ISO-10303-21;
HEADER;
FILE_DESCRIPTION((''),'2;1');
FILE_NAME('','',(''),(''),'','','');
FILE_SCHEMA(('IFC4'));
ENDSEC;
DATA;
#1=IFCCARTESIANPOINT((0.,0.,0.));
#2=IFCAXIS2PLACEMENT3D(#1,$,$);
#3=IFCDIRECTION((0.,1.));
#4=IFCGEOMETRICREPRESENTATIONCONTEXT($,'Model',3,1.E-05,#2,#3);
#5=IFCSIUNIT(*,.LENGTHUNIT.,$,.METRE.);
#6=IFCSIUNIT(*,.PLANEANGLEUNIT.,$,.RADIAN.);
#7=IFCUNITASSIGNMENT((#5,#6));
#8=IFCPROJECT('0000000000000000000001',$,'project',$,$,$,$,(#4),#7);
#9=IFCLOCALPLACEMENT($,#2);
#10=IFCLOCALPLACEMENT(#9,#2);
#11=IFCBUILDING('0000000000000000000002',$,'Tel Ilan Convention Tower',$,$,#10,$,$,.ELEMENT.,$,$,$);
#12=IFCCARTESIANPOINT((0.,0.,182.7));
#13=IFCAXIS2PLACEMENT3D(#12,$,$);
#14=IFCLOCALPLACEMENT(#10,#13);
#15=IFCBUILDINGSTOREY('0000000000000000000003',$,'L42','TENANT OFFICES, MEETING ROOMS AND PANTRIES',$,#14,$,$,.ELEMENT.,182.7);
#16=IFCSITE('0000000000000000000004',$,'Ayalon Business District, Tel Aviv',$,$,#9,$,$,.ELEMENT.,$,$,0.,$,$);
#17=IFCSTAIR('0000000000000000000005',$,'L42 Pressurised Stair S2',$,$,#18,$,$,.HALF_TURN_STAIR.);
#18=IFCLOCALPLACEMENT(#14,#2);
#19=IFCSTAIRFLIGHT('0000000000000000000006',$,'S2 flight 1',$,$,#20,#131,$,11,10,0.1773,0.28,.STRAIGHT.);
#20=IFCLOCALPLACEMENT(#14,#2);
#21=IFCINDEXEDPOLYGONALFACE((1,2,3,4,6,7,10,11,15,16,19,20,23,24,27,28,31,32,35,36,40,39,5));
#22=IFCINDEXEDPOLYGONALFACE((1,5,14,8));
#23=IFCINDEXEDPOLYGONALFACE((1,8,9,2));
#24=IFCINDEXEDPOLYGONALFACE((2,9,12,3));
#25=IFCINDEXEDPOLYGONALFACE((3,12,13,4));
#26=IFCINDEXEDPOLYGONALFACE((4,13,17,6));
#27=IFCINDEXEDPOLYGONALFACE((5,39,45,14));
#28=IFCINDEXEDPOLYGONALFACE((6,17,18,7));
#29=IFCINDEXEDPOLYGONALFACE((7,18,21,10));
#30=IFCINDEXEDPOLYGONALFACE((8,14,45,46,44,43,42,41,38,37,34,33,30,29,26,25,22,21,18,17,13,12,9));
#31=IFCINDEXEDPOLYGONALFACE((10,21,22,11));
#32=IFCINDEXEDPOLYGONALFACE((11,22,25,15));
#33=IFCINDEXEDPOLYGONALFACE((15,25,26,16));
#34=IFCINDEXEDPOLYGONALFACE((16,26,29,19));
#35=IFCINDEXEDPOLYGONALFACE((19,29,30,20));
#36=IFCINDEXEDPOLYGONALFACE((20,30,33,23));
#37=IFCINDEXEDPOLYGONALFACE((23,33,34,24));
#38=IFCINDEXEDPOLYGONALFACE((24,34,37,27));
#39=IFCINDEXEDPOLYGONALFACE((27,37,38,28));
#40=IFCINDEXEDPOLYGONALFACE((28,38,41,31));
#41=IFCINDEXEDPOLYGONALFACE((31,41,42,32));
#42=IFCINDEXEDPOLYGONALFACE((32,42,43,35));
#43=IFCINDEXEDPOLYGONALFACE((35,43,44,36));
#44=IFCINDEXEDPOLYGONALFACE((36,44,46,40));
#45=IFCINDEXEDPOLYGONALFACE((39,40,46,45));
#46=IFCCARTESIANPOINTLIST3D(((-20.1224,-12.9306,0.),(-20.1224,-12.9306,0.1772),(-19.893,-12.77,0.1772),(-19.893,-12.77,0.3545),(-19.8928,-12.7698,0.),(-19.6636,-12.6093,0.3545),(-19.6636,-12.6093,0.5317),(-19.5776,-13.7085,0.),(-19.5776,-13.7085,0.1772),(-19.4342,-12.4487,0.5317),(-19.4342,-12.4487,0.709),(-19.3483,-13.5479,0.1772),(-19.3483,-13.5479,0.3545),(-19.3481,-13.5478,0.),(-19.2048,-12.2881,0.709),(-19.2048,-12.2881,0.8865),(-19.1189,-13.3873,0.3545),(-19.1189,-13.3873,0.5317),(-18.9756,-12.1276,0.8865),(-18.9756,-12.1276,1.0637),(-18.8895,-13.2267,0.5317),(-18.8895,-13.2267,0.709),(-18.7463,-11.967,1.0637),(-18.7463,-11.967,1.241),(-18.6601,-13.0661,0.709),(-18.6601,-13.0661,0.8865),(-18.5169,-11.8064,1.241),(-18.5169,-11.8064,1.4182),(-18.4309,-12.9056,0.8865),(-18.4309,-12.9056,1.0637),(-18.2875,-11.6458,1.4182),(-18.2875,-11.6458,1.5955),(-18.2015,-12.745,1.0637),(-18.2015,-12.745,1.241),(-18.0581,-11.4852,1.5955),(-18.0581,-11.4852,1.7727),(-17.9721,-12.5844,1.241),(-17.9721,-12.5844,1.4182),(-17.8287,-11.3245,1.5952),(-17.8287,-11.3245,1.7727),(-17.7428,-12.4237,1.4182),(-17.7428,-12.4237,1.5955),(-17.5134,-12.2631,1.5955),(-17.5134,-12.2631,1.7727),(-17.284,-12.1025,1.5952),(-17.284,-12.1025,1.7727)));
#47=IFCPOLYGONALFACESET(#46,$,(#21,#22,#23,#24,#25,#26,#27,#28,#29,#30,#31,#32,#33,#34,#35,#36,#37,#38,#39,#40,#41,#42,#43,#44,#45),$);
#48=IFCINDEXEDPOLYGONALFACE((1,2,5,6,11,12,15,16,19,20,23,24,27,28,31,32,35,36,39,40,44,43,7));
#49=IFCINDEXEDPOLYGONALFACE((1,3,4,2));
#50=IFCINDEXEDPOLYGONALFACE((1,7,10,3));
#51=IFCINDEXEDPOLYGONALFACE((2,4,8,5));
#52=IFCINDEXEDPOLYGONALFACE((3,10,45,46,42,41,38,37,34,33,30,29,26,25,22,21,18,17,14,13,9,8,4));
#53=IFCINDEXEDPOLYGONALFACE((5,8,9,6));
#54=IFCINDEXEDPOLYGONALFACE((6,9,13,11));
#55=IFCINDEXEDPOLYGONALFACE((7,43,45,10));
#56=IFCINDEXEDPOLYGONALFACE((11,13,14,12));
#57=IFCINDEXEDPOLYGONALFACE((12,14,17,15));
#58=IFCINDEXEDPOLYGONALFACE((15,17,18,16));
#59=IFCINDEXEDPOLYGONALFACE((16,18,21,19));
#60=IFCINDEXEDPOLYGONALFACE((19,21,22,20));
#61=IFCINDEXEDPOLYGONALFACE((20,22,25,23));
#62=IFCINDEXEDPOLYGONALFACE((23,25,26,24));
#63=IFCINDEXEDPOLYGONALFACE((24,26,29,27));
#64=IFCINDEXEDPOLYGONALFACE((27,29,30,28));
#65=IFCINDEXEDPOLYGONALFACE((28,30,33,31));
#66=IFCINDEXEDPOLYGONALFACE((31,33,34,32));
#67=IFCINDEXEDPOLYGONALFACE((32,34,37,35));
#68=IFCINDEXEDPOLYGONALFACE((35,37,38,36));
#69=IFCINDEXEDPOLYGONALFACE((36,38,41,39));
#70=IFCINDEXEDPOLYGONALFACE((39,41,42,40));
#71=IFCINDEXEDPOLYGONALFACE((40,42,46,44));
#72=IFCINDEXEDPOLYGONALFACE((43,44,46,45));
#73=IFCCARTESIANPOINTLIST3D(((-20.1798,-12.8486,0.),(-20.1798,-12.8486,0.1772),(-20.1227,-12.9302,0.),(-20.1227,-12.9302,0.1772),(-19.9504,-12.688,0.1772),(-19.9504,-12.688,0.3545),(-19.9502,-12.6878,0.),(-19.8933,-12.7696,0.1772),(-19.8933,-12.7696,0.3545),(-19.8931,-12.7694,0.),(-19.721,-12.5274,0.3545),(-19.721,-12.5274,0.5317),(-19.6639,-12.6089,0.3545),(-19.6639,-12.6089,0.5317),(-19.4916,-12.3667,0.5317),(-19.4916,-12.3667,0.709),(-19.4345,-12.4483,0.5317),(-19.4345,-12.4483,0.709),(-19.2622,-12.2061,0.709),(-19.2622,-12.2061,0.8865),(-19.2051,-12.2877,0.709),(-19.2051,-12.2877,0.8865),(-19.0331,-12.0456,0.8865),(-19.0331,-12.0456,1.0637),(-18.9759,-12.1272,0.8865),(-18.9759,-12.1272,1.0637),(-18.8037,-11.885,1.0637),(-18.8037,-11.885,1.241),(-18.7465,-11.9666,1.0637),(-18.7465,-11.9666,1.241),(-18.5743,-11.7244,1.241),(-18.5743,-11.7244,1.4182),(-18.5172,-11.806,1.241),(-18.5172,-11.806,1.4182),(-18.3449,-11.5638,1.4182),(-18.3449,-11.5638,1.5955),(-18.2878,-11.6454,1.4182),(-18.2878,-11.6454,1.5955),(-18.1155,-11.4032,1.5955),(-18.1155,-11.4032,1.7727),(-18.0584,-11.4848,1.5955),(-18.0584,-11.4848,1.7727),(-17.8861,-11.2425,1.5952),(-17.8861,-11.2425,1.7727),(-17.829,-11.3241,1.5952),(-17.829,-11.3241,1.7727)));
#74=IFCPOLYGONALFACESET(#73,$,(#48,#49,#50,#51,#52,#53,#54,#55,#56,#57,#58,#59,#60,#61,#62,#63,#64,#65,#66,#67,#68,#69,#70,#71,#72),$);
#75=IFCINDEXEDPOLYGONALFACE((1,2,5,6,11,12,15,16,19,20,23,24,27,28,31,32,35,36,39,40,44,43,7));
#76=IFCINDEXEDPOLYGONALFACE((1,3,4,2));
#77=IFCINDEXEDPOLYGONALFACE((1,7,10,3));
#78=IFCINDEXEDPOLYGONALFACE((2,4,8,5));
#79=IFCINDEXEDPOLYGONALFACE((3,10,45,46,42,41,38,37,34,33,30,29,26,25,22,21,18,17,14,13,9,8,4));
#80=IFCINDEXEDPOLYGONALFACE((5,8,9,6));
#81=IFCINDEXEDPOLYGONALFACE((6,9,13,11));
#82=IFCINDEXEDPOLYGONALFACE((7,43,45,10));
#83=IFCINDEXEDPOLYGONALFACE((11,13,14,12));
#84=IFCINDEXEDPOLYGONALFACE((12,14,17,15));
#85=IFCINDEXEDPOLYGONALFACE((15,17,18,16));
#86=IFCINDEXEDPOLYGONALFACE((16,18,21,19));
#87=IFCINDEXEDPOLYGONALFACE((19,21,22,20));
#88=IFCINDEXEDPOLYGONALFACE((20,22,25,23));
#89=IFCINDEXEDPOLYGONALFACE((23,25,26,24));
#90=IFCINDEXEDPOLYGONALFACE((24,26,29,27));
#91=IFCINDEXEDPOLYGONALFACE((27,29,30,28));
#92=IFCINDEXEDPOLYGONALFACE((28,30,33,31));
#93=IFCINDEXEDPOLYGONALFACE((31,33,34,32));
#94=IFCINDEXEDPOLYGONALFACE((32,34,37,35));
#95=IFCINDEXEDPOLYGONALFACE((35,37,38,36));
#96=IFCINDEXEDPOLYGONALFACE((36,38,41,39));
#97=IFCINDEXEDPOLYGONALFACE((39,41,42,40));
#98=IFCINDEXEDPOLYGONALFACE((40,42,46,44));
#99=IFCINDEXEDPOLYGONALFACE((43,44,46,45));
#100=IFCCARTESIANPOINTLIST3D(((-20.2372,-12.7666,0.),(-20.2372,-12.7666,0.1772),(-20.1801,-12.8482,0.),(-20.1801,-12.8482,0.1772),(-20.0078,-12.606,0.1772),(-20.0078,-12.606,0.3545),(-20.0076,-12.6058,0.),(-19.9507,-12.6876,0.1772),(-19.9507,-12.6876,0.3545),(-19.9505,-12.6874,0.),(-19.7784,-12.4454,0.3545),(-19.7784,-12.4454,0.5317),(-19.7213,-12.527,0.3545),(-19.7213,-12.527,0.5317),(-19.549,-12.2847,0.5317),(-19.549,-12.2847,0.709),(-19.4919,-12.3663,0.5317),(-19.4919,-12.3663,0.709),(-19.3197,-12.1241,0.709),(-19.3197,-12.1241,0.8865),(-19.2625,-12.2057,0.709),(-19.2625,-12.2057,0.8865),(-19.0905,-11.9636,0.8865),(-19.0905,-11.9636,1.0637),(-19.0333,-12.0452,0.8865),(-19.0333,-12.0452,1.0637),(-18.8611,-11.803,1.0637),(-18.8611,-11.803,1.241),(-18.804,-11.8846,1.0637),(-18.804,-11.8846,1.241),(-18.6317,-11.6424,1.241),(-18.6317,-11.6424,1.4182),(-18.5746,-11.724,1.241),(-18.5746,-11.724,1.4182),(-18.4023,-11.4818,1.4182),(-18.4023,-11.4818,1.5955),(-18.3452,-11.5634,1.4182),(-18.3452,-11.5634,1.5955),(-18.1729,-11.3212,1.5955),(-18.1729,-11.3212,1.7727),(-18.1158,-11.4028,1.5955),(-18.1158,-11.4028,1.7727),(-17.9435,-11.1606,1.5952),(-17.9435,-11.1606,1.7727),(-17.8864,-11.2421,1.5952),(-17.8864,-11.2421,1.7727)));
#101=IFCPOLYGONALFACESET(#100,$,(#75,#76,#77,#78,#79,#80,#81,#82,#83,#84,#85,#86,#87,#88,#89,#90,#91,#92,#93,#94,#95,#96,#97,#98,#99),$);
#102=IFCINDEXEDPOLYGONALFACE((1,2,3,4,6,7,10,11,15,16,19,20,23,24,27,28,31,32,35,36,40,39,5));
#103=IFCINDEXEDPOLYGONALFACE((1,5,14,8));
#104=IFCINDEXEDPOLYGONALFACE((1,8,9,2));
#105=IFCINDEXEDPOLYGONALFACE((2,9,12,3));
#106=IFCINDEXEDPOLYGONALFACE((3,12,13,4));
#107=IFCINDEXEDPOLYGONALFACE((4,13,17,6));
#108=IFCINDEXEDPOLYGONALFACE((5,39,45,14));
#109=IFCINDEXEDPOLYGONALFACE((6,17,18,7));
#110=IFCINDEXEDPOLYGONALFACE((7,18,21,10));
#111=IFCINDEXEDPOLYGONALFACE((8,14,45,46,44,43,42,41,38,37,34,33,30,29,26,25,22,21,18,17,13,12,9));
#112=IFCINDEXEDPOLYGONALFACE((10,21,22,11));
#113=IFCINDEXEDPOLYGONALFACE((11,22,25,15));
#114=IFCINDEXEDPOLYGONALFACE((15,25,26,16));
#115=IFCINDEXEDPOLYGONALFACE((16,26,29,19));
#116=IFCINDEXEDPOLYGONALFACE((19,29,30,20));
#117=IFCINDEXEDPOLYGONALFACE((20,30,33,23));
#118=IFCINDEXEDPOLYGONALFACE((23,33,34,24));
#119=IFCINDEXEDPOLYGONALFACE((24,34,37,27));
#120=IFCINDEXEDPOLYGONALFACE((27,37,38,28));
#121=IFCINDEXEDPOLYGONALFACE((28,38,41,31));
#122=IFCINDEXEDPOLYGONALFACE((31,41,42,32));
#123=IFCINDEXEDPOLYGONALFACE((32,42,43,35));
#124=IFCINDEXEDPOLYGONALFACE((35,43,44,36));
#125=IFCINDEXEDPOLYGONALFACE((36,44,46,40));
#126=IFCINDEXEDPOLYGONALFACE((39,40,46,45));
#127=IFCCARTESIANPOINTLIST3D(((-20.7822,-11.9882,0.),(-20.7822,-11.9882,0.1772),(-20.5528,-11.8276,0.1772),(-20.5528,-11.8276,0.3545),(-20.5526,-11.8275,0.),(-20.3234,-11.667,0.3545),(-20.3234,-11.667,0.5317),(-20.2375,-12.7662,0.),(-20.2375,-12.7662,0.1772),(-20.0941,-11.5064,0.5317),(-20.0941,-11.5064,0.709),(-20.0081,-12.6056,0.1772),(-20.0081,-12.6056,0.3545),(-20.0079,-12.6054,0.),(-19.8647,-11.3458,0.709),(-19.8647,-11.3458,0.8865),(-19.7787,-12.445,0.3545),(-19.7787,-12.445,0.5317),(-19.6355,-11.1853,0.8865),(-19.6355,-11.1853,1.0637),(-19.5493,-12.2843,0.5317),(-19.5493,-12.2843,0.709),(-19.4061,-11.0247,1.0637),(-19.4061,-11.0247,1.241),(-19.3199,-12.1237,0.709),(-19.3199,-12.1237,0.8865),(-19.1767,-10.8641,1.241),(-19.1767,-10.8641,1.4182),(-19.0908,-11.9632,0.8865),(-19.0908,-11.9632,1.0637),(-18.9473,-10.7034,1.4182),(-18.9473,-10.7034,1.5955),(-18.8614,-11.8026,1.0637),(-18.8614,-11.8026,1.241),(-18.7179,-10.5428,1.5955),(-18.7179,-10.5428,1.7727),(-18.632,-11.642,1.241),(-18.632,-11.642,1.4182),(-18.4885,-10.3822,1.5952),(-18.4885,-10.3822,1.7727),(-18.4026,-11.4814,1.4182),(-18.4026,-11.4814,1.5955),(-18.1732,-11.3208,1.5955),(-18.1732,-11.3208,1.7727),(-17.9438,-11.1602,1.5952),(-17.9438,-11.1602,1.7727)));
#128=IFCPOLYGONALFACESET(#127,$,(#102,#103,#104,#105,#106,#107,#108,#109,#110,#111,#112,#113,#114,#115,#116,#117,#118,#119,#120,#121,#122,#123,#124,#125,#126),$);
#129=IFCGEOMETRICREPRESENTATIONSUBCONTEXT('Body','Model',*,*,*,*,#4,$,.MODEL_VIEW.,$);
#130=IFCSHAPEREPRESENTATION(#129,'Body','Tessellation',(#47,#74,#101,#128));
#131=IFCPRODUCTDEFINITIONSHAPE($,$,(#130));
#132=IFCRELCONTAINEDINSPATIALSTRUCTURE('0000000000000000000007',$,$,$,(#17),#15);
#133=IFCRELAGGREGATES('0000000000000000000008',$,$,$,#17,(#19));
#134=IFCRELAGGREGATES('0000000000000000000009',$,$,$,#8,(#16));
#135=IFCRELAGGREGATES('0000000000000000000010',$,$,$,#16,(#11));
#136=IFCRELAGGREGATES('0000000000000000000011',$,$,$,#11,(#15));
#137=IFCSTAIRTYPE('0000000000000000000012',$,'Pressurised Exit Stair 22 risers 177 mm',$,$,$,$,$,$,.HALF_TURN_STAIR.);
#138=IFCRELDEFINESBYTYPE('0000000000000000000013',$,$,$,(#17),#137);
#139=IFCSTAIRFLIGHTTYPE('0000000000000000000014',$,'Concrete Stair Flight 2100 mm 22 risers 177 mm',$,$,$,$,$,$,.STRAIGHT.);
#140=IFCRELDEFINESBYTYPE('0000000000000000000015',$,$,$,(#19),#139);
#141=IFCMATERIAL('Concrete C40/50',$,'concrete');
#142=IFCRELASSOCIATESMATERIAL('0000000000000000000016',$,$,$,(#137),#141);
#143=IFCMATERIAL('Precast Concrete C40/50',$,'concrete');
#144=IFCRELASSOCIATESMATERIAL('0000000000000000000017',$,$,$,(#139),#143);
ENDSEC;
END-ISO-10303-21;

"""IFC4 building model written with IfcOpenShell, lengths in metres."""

from ifc_helpers import new_model, si_unit, direction, frame, origin, place, context, subcontext, project, spatial, polyline, outline, extrude, material, type_object, element, aggregate, save


model = new_model("IFC4")

# Units and contexts
model_context = context("Model", 3, precision=1e-05, world=origin(), true_north=direction((0.0, 1.0)))
body_context = subcontext(model_context, "Body", "Model", "MODEL_VIEW")
ifc_project = project(units=[si_unit("LENGTHUNIT", "METRE"), si_unit("PLANEANGLEUNIT", "RADIAN")], contexts=[model_context])

# Site, building, storey
site_placement = place(None, origin())
site = spatial("IfcSite", under=ifc_project, at=site_placement, Name="Ayalon Business District, Tel Aviv", CompositionType="ELEMENT", RefElevation=0.0)
building_placement = place(site_placement, origin())
building = spatial("IfcBuilding", under=site, at=building_placement, Name="Tel Ilan Convention Tower", CompositionType="ELEMENT")
storey_placement = place(building_placement, frame((0.0, 0.0, 182.7)))
storey = spatial("IfcBuildingStorey", under=building, at=storey_placement, Name="L42", Description="TENANT OFFICES, MEETING ROOMS AND PANTRIES", CompositionType="ELEMENT", Elevation=182.7)

# Stair, stair flight
ifc_material_1 = material(Name="Concrete C40/50", Category="concrete")
stair_type = type_object("IfcStairType", Name="Pressurised Exit Stair 22 risers 177 mm", PredefinedType="HALF_TURN_STAIR", material=ifc_material_1)
ifc_material_2 = material(Name="Precast Concrete C40/50", Category="concrete")
stair_flight_type = type_object("IfcStairFlightType", Name="Concrete Stair Flight 2100 mm 22 risers 177 mm", PredefinedType="STRAIGHT", material=ifc_material_2)
stair_1_placement = place(storey_placement, origin())
stair_1 = element("IfcStair", 1, at=stair_1_placement, inside=storey, type_object=stair_type, Name="L42 Pressurised Stair S2", PredefinedType="HALF_TURN_STAIR")
stair_flight_1_placement = place(storey_placement, frame((-20.1799, -12.8484, 0.0), z_axis=(0.0, 0.0, 1.0), x_axis=(0.819152, 0.573576, 0.0)))
stair_flight_1 = element("IfcStairFlight", 2, at=stair_flight_1_placement, type_object=stair_flight_type, Name="S2 flight 1", NumberOfRisers=11, NumberOfTreads=10, PredefinedType="STRAIGHT", RiserHeight=0.1773, TreadLength=0.28, context=body_context, shape_type="SweptSolid", body=[
    extrude(outline(polyline([(0.0, 0.0), (0.0, 0.1772), (0.28, 0.1772), (0.28, 0.3545), (0.5601, 0.3545), (0.5601, 0.5317), (0.8401, 0.5317), (0.8401, 0.709), (1.1201, 0.709), (1.1201, 0.8865), (1.3999, 0.8865), (1.3999, 1.0637), (1.6799, 1.0637), (1.6799, 1.241), (1.96, 1.241), (1.96, 1.4182), (2.24, 1.4182), (2.24, 1.5955), (2.52, 1.5955), (2.52, 1.7727), (2.8, 1.7727), (2.8, 1.95), (2.8, 1.5952), (0.2803, 0.0), (0.0, 0.0)])), frame((0.0, -0.1003, 0.0), z_axis=(0.0, -1.0, 0.0), x_axis=(1.0, 0.0, 0.0)), (0.0, 0.0, 1.0), 0.9497),
    extrude(outline(polyline([(0.0, 0.0), (0.0, 0.1772), (0.28, 0.1772), (0.28, 0.3545), (0.5601, 0.3545), (0.5601, 0.5317), (0.8401, 0.5317), (0.8401, 0.709), (1.1201, 0.709), (1.1201, 0.8865), (1.3999, 0.8865), (1.3999, 1.0637), (1.6799, 1.0637), (1.6799, 1.241), (1.96, 1.241), (1.96, 1.4182), (2.24, 1.4182), (2.24, 1.5955), (2.52, 1.5955), (2.52, 1.7727), (2.8, 1.7727), (2.8, 1.95), (2.8, 1.5952), (0.2803, 0.0), (0.0, 0.0)])), frame((0.0, -0.0002, 0.0), z_axis=(0.0, -1.0, 0.0), x_axis=(1.0, 0.0, 0.0)), (0.0, 0.0, 1.0), 0.0996),
    extrude(outline(polyline([(0.0, 0.0), (0.0, 0.1772), (0.28, 0.1772), (0.28, 0.3545), (0.5601, 0.3545), (0.5601, 0.5317), (0.8401, 0.5317), (0.8401, 0.709), (1.1201, 0.709), (1.1201, 0.8865), (1.3999, 0.8865), (1.3999, 1.0637), (1.6799, 1.0637), (1.6799, 1.241), (1.96, 1.241), (1.96, 1.4182), (2.24, 1.4182), (2.24, 1.5955), (2.52, 1.5955), (2.52, 1.7727), (2.8, 1.7727), (2.8, 1.95), (2.8, 1.5952), (0.2803, 0.0), (0.0, 0.0)])), frame((0.0, 0.0999, 0.0), z_axis=(0.0, -1.0, 0.0), x_axis=(1.0, 0.0, 0.0)), (0.0, 0.0, 1.0), 0.0996),
    extrude(outline(polyline([(0.0, 0.0), (0.0, 0.1772), (0.28, 0.1772), (0.28, 0.3545), (0.5601, 0.3545), (0.5601, 0.5317), (0.8401, 0.5317), (0.8401, 0.709), (1.1201, 0.709), (1.1201, 0.8865), (1.3999, 0.8865), (1.3999, 1.0637), (1.6799, 1.0637), (1.6799, 1.241), (1.96, 1.241), (1.96, 1.4182), (2.24, 1.4182), (2.24, 1.5955), (2.52, 1.5955), (2.52, 1.7727), (2.8, 1.7727), (2.8, 1.95), (2.8, 1.5952), (0.2803, 0.0), (0.0, 0.0)])), frame((0.0, 1.05, 0.0), z_axis=(0.0, -1.0, 0.0), x_axis=(1.0, 0.0, 0.0)), (0.0, 0.0, 1.0), 0.9497),
])
aggregate(stair_1, [stair_flight_1])

save(model, "model.ifc")
